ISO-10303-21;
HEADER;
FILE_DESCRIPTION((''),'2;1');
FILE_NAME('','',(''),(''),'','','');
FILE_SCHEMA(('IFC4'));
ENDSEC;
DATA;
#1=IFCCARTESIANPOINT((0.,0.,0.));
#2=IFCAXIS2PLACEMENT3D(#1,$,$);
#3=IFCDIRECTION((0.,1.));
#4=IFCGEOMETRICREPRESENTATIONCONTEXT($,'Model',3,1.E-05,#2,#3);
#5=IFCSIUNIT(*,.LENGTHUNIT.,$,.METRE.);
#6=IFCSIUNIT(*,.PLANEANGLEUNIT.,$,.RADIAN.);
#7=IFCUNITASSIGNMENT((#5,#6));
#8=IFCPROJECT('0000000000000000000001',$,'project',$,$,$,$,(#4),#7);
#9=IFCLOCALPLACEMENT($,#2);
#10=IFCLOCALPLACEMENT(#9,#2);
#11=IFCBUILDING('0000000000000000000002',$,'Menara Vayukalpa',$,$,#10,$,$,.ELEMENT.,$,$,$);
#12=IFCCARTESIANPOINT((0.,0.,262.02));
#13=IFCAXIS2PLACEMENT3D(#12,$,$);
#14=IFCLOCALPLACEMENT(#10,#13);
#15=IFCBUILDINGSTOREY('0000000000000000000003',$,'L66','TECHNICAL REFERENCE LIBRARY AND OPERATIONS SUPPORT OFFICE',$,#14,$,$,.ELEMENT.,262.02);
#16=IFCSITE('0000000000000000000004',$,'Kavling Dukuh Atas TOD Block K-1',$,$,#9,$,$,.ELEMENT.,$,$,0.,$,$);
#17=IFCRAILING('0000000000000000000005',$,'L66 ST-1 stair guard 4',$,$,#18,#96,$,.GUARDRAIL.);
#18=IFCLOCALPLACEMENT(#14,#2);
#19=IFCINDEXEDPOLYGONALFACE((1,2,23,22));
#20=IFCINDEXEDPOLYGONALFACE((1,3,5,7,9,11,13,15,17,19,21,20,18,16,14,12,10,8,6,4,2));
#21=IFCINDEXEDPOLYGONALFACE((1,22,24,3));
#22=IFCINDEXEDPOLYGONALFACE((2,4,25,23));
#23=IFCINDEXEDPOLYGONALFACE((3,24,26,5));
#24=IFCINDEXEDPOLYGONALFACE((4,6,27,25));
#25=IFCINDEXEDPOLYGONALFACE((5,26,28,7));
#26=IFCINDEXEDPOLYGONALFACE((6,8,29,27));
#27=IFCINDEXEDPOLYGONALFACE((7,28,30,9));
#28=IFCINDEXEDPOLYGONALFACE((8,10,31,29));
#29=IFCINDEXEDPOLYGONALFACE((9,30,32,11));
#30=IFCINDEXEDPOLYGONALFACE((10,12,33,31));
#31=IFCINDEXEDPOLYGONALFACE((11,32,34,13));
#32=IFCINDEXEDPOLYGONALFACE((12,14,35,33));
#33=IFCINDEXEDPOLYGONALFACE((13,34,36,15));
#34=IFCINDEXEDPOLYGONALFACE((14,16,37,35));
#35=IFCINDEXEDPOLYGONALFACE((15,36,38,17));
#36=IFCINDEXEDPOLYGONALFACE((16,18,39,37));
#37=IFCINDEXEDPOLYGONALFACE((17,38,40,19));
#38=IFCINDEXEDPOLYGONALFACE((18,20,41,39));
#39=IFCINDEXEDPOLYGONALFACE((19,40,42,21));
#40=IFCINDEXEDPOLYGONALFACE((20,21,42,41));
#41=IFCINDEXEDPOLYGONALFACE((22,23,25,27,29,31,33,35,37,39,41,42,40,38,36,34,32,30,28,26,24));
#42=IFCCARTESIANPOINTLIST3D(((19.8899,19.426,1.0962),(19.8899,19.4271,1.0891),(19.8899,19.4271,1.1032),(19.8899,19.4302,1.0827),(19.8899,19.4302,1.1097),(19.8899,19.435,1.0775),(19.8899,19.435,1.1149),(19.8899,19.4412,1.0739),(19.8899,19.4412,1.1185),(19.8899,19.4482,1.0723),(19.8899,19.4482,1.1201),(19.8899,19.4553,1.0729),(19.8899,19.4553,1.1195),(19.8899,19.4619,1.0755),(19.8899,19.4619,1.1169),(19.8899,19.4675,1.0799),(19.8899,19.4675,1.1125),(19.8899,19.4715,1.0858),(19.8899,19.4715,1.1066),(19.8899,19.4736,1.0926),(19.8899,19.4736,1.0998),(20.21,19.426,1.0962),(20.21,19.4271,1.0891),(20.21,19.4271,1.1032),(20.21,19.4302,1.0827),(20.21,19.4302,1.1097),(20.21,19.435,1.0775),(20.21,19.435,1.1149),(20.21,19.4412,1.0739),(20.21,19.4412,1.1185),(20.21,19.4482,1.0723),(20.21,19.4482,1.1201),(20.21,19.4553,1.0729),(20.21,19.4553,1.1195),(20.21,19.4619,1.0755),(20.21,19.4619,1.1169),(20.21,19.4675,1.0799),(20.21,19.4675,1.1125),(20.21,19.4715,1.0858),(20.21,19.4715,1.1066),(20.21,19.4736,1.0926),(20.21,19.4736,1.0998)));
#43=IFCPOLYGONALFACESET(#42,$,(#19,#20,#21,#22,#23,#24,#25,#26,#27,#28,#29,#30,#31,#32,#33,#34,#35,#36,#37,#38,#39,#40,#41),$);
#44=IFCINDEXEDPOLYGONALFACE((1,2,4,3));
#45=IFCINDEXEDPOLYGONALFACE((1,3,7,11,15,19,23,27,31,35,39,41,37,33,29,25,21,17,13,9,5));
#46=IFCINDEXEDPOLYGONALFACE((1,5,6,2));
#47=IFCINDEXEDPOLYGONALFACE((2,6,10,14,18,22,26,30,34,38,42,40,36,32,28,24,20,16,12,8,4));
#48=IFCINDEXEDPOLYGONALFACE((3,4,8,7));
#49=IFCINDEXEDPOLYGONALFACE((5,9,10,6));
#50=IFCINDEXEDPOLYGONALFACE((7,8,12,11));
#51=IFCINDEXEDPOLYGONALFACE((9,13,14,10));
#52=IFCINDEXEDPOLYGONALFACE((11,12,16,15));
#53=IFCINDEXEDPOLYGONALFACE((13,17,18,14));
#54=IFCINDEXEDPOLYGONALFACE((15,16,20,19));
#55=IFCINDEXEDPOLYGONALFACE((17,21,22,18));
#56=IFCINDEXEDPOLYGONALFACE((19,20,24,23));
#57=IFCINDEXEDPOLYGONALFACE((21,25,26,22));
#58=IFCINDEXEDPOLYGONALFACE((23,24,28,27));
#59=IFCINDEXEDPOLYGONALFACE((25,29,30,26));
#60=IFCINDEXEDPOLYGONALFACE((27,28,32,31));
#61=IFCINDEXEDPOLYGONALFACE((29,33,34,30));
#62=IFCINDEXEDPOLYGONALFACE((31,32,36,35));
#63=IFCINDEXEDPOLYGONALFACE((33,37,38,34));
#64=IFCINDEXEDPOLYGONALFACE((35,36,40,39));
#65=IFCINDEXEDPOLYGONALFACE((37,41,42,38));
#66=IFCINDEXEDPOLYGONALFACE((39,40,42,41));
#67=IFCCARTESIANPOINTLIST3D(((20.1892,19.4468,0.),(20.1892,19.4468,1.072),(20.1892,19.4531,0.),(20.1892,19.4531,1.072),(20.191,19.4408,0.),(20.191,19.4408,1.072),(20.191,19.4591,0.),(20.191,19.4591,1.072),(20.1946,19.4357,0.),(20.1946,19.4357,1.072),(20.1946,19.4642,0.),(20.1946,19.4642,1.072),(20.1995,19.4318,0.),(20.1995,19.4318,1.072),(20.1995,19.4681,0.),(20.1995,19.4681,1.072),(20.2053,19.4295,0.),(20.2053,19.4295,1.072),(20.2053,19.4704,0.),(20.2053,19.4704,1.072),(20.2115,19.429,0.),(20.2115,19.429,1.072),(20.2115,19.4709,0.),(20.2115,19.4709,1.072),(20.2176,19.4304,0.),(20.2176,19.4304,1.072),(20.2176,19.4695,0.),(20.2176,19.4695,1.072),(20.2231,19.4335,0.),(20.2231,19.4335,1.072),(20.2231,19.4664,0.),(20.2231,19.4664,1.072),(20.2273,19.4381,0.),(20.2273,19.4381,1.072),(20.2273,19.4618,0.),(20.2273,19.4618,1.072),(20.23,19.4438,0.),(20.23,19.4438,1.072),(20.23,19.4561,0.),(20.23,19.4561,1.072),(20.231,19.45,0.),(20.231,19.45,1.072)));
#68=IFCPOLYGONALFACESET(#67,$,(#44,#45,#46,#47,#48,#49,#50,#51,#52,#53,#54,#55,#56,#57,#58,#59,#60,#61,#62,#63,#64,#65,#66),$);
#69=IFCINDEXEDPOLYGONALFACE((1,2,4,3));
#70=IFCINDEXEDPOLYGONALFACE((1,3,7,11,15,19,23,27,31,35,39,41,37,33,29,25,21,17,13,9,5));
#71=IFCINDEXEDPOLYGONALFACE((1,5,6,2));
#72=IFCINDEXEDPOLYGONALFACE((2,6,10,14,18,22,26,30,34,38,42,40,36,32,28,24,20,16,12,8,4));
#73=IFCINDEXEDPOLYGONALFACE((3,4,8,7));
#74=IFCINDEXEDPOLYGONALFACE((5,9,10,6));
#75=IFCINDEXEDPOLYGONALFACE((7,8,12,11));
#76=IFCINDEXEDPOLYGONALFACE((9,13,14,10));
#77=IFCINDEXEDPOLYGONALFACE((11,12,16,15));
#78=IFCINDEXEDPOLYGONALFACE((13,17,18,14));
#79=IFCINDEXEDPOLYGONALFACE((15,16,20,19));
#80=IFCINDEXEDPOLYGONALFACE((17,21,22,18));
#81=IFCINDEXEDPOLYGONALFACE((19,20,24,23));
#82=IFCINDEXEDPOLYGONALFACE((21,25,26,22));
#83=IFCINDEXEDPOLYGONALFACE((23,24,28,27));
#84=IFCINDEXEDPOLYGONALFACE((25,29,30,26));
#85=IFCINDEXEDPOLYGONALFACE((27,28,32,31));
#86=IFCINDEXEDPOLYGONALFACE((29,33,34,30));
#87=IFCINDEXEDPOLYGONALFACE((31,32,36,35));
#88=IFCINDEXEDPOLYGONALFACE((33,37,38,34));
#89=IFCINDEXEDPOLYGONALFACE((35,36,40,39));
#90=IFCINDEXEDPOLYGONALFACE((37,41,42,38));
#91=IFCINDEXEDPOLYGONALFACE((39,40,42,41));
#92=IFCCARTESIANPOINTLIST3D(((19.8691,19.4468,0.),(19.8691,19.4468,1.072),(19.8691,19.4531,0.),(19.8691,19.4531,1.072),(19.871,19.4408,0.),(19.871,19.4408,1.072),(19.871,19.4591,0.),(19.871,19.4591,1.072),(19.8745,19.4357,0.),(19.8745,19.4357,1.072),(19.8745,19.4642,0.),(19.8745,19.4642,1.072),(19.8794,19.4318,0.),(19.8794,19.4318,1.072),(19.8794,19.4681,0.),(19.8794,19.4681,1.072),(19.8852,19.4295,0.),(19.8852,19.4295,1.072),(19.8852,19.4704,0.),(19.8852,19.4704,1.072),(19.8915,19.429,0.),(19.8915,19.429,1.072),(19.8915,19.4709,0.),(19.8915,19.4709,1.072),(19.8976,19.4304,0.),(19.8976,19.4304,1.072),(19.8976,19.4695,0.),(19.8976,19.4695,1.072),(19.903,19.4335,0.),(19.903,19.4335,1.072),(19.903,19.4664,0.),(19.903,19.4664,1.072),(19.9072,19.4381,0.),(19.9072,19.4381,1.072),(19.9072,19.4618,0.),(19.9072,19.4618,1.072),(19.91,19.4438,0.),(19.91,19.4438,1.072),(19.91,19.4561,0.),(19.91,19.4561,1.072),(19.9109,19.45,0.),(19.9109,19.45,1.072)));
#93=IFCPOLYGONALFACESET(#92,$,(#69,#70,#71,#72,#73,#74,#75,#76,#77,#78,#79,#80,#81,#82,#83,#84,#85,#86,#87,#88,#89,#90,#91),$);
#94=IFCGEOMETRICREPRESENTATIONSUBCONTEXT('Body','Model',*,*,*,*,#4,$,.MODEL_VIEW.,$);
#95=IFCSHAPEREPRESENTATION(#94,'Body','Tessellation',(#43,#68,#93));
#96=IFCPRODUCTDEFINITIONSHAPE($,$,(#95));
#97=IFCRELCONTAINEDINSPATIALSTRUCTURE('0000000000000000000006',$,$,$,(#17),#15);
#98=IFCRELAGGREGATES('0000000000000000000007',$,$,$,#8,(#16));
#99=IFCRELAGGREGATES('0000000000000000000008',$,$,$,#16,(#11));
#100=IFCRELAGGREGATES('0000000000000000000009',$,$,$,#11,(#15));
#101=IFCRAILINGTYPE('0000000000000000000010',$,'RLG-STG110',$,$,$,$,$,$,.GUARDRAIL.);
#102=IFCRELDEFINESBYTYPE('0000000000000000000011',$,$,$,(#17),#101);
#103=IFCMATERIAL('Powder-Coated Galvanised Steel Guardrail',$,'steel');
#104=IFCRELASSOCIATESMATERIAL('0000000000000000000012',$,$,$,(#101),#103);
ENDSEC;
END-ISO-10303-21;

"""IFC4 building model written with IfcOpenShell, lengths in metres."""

from ifc_helpers import new_model, si_unit, direction, frame, origin, origin_2d, place, context, subcontext, project, spatial, circle, extrude, material, type_object, element, save


model = new_model("IFC4")

# Units and contexts
model_context = context("Model", 3, precision=1e-05, world=origin(), true_north=direction((0.0, 1.0)))
body_context = subcontext(model_context, "Body", "Model", "MODEL_VIEW")
ifc_project = project(units=[si_unit("LENGTHUNIT", "METRE"), si_unit("PLANEANGLEUNIT", "RADIAN")], contexts=[model_context])

# Site, building, storey
site_placement = place(None, origin())
site = spatial("IfcSite", under=ifc_project, at=site_placement, Name="Kavling Dukuh Atas TOD Block K-1", CompositionType="ELEMENT", RefElevation=0.0)
building_placement = place(site_placement, origin())
building = spatial("IfcBuilding", under=site, at=building_placement, Name="Menara Vayukalpa", CompositionType="ELEMENT")
storey_placement = place(building_placement, frame((0.0, 0.0, 262.02)))
storey = spatial("IfcBuildingStorey", under=building, at=storey_placement, Name="L66", Description="TECHNICAL REFERENCE LIBRARY AND OPERATIONS SUPPORT OFFICE", CompositionType="ELEMENT", Elevation=262.02)

# Railing
ifc_material_1 = material(Name="Powder-Coated Galvanised Steel Guardrail", Category="steel")
railing_type_1 = type_object("IfcRailingType", Name="RLG-STG110", PredefinedType="GUARDRAIL", material=ifc_material_1)
railing_1_placement = place(storey_placement, frame((20.21, 19.45, 0.0)))
element("IfcRailing", 1, at=railing_1_placement, inside=storey, type_object=railing_type_1, Name="L66 ST-1 stair guard 4", PredefinedType="GUARDRAIL", context=body_context, shape_type="SweptSolid", body=[
    extrude(circle(Radius=0.0239, at=origin_2d()), frame((0.0, 0.0, 1.0962), z_axis=(-1.0, 0.0, 0.0), x_axis=(0.0, -1.0, 0.0)), (0.0, 0.0, 1.0), 0.3201),
    extrude(circle(Radius=0.021, at=origin_2d()), origin(), (0.0, 0.0, 1.0), 1.072),
    extrude(circle(Radius=0.021, at=origin_2d()), frame((-0.3201, 0.0, 0.0)), (0.0, 0.0, 1.0), 1.072),
])

save(model, "model.ifc")
